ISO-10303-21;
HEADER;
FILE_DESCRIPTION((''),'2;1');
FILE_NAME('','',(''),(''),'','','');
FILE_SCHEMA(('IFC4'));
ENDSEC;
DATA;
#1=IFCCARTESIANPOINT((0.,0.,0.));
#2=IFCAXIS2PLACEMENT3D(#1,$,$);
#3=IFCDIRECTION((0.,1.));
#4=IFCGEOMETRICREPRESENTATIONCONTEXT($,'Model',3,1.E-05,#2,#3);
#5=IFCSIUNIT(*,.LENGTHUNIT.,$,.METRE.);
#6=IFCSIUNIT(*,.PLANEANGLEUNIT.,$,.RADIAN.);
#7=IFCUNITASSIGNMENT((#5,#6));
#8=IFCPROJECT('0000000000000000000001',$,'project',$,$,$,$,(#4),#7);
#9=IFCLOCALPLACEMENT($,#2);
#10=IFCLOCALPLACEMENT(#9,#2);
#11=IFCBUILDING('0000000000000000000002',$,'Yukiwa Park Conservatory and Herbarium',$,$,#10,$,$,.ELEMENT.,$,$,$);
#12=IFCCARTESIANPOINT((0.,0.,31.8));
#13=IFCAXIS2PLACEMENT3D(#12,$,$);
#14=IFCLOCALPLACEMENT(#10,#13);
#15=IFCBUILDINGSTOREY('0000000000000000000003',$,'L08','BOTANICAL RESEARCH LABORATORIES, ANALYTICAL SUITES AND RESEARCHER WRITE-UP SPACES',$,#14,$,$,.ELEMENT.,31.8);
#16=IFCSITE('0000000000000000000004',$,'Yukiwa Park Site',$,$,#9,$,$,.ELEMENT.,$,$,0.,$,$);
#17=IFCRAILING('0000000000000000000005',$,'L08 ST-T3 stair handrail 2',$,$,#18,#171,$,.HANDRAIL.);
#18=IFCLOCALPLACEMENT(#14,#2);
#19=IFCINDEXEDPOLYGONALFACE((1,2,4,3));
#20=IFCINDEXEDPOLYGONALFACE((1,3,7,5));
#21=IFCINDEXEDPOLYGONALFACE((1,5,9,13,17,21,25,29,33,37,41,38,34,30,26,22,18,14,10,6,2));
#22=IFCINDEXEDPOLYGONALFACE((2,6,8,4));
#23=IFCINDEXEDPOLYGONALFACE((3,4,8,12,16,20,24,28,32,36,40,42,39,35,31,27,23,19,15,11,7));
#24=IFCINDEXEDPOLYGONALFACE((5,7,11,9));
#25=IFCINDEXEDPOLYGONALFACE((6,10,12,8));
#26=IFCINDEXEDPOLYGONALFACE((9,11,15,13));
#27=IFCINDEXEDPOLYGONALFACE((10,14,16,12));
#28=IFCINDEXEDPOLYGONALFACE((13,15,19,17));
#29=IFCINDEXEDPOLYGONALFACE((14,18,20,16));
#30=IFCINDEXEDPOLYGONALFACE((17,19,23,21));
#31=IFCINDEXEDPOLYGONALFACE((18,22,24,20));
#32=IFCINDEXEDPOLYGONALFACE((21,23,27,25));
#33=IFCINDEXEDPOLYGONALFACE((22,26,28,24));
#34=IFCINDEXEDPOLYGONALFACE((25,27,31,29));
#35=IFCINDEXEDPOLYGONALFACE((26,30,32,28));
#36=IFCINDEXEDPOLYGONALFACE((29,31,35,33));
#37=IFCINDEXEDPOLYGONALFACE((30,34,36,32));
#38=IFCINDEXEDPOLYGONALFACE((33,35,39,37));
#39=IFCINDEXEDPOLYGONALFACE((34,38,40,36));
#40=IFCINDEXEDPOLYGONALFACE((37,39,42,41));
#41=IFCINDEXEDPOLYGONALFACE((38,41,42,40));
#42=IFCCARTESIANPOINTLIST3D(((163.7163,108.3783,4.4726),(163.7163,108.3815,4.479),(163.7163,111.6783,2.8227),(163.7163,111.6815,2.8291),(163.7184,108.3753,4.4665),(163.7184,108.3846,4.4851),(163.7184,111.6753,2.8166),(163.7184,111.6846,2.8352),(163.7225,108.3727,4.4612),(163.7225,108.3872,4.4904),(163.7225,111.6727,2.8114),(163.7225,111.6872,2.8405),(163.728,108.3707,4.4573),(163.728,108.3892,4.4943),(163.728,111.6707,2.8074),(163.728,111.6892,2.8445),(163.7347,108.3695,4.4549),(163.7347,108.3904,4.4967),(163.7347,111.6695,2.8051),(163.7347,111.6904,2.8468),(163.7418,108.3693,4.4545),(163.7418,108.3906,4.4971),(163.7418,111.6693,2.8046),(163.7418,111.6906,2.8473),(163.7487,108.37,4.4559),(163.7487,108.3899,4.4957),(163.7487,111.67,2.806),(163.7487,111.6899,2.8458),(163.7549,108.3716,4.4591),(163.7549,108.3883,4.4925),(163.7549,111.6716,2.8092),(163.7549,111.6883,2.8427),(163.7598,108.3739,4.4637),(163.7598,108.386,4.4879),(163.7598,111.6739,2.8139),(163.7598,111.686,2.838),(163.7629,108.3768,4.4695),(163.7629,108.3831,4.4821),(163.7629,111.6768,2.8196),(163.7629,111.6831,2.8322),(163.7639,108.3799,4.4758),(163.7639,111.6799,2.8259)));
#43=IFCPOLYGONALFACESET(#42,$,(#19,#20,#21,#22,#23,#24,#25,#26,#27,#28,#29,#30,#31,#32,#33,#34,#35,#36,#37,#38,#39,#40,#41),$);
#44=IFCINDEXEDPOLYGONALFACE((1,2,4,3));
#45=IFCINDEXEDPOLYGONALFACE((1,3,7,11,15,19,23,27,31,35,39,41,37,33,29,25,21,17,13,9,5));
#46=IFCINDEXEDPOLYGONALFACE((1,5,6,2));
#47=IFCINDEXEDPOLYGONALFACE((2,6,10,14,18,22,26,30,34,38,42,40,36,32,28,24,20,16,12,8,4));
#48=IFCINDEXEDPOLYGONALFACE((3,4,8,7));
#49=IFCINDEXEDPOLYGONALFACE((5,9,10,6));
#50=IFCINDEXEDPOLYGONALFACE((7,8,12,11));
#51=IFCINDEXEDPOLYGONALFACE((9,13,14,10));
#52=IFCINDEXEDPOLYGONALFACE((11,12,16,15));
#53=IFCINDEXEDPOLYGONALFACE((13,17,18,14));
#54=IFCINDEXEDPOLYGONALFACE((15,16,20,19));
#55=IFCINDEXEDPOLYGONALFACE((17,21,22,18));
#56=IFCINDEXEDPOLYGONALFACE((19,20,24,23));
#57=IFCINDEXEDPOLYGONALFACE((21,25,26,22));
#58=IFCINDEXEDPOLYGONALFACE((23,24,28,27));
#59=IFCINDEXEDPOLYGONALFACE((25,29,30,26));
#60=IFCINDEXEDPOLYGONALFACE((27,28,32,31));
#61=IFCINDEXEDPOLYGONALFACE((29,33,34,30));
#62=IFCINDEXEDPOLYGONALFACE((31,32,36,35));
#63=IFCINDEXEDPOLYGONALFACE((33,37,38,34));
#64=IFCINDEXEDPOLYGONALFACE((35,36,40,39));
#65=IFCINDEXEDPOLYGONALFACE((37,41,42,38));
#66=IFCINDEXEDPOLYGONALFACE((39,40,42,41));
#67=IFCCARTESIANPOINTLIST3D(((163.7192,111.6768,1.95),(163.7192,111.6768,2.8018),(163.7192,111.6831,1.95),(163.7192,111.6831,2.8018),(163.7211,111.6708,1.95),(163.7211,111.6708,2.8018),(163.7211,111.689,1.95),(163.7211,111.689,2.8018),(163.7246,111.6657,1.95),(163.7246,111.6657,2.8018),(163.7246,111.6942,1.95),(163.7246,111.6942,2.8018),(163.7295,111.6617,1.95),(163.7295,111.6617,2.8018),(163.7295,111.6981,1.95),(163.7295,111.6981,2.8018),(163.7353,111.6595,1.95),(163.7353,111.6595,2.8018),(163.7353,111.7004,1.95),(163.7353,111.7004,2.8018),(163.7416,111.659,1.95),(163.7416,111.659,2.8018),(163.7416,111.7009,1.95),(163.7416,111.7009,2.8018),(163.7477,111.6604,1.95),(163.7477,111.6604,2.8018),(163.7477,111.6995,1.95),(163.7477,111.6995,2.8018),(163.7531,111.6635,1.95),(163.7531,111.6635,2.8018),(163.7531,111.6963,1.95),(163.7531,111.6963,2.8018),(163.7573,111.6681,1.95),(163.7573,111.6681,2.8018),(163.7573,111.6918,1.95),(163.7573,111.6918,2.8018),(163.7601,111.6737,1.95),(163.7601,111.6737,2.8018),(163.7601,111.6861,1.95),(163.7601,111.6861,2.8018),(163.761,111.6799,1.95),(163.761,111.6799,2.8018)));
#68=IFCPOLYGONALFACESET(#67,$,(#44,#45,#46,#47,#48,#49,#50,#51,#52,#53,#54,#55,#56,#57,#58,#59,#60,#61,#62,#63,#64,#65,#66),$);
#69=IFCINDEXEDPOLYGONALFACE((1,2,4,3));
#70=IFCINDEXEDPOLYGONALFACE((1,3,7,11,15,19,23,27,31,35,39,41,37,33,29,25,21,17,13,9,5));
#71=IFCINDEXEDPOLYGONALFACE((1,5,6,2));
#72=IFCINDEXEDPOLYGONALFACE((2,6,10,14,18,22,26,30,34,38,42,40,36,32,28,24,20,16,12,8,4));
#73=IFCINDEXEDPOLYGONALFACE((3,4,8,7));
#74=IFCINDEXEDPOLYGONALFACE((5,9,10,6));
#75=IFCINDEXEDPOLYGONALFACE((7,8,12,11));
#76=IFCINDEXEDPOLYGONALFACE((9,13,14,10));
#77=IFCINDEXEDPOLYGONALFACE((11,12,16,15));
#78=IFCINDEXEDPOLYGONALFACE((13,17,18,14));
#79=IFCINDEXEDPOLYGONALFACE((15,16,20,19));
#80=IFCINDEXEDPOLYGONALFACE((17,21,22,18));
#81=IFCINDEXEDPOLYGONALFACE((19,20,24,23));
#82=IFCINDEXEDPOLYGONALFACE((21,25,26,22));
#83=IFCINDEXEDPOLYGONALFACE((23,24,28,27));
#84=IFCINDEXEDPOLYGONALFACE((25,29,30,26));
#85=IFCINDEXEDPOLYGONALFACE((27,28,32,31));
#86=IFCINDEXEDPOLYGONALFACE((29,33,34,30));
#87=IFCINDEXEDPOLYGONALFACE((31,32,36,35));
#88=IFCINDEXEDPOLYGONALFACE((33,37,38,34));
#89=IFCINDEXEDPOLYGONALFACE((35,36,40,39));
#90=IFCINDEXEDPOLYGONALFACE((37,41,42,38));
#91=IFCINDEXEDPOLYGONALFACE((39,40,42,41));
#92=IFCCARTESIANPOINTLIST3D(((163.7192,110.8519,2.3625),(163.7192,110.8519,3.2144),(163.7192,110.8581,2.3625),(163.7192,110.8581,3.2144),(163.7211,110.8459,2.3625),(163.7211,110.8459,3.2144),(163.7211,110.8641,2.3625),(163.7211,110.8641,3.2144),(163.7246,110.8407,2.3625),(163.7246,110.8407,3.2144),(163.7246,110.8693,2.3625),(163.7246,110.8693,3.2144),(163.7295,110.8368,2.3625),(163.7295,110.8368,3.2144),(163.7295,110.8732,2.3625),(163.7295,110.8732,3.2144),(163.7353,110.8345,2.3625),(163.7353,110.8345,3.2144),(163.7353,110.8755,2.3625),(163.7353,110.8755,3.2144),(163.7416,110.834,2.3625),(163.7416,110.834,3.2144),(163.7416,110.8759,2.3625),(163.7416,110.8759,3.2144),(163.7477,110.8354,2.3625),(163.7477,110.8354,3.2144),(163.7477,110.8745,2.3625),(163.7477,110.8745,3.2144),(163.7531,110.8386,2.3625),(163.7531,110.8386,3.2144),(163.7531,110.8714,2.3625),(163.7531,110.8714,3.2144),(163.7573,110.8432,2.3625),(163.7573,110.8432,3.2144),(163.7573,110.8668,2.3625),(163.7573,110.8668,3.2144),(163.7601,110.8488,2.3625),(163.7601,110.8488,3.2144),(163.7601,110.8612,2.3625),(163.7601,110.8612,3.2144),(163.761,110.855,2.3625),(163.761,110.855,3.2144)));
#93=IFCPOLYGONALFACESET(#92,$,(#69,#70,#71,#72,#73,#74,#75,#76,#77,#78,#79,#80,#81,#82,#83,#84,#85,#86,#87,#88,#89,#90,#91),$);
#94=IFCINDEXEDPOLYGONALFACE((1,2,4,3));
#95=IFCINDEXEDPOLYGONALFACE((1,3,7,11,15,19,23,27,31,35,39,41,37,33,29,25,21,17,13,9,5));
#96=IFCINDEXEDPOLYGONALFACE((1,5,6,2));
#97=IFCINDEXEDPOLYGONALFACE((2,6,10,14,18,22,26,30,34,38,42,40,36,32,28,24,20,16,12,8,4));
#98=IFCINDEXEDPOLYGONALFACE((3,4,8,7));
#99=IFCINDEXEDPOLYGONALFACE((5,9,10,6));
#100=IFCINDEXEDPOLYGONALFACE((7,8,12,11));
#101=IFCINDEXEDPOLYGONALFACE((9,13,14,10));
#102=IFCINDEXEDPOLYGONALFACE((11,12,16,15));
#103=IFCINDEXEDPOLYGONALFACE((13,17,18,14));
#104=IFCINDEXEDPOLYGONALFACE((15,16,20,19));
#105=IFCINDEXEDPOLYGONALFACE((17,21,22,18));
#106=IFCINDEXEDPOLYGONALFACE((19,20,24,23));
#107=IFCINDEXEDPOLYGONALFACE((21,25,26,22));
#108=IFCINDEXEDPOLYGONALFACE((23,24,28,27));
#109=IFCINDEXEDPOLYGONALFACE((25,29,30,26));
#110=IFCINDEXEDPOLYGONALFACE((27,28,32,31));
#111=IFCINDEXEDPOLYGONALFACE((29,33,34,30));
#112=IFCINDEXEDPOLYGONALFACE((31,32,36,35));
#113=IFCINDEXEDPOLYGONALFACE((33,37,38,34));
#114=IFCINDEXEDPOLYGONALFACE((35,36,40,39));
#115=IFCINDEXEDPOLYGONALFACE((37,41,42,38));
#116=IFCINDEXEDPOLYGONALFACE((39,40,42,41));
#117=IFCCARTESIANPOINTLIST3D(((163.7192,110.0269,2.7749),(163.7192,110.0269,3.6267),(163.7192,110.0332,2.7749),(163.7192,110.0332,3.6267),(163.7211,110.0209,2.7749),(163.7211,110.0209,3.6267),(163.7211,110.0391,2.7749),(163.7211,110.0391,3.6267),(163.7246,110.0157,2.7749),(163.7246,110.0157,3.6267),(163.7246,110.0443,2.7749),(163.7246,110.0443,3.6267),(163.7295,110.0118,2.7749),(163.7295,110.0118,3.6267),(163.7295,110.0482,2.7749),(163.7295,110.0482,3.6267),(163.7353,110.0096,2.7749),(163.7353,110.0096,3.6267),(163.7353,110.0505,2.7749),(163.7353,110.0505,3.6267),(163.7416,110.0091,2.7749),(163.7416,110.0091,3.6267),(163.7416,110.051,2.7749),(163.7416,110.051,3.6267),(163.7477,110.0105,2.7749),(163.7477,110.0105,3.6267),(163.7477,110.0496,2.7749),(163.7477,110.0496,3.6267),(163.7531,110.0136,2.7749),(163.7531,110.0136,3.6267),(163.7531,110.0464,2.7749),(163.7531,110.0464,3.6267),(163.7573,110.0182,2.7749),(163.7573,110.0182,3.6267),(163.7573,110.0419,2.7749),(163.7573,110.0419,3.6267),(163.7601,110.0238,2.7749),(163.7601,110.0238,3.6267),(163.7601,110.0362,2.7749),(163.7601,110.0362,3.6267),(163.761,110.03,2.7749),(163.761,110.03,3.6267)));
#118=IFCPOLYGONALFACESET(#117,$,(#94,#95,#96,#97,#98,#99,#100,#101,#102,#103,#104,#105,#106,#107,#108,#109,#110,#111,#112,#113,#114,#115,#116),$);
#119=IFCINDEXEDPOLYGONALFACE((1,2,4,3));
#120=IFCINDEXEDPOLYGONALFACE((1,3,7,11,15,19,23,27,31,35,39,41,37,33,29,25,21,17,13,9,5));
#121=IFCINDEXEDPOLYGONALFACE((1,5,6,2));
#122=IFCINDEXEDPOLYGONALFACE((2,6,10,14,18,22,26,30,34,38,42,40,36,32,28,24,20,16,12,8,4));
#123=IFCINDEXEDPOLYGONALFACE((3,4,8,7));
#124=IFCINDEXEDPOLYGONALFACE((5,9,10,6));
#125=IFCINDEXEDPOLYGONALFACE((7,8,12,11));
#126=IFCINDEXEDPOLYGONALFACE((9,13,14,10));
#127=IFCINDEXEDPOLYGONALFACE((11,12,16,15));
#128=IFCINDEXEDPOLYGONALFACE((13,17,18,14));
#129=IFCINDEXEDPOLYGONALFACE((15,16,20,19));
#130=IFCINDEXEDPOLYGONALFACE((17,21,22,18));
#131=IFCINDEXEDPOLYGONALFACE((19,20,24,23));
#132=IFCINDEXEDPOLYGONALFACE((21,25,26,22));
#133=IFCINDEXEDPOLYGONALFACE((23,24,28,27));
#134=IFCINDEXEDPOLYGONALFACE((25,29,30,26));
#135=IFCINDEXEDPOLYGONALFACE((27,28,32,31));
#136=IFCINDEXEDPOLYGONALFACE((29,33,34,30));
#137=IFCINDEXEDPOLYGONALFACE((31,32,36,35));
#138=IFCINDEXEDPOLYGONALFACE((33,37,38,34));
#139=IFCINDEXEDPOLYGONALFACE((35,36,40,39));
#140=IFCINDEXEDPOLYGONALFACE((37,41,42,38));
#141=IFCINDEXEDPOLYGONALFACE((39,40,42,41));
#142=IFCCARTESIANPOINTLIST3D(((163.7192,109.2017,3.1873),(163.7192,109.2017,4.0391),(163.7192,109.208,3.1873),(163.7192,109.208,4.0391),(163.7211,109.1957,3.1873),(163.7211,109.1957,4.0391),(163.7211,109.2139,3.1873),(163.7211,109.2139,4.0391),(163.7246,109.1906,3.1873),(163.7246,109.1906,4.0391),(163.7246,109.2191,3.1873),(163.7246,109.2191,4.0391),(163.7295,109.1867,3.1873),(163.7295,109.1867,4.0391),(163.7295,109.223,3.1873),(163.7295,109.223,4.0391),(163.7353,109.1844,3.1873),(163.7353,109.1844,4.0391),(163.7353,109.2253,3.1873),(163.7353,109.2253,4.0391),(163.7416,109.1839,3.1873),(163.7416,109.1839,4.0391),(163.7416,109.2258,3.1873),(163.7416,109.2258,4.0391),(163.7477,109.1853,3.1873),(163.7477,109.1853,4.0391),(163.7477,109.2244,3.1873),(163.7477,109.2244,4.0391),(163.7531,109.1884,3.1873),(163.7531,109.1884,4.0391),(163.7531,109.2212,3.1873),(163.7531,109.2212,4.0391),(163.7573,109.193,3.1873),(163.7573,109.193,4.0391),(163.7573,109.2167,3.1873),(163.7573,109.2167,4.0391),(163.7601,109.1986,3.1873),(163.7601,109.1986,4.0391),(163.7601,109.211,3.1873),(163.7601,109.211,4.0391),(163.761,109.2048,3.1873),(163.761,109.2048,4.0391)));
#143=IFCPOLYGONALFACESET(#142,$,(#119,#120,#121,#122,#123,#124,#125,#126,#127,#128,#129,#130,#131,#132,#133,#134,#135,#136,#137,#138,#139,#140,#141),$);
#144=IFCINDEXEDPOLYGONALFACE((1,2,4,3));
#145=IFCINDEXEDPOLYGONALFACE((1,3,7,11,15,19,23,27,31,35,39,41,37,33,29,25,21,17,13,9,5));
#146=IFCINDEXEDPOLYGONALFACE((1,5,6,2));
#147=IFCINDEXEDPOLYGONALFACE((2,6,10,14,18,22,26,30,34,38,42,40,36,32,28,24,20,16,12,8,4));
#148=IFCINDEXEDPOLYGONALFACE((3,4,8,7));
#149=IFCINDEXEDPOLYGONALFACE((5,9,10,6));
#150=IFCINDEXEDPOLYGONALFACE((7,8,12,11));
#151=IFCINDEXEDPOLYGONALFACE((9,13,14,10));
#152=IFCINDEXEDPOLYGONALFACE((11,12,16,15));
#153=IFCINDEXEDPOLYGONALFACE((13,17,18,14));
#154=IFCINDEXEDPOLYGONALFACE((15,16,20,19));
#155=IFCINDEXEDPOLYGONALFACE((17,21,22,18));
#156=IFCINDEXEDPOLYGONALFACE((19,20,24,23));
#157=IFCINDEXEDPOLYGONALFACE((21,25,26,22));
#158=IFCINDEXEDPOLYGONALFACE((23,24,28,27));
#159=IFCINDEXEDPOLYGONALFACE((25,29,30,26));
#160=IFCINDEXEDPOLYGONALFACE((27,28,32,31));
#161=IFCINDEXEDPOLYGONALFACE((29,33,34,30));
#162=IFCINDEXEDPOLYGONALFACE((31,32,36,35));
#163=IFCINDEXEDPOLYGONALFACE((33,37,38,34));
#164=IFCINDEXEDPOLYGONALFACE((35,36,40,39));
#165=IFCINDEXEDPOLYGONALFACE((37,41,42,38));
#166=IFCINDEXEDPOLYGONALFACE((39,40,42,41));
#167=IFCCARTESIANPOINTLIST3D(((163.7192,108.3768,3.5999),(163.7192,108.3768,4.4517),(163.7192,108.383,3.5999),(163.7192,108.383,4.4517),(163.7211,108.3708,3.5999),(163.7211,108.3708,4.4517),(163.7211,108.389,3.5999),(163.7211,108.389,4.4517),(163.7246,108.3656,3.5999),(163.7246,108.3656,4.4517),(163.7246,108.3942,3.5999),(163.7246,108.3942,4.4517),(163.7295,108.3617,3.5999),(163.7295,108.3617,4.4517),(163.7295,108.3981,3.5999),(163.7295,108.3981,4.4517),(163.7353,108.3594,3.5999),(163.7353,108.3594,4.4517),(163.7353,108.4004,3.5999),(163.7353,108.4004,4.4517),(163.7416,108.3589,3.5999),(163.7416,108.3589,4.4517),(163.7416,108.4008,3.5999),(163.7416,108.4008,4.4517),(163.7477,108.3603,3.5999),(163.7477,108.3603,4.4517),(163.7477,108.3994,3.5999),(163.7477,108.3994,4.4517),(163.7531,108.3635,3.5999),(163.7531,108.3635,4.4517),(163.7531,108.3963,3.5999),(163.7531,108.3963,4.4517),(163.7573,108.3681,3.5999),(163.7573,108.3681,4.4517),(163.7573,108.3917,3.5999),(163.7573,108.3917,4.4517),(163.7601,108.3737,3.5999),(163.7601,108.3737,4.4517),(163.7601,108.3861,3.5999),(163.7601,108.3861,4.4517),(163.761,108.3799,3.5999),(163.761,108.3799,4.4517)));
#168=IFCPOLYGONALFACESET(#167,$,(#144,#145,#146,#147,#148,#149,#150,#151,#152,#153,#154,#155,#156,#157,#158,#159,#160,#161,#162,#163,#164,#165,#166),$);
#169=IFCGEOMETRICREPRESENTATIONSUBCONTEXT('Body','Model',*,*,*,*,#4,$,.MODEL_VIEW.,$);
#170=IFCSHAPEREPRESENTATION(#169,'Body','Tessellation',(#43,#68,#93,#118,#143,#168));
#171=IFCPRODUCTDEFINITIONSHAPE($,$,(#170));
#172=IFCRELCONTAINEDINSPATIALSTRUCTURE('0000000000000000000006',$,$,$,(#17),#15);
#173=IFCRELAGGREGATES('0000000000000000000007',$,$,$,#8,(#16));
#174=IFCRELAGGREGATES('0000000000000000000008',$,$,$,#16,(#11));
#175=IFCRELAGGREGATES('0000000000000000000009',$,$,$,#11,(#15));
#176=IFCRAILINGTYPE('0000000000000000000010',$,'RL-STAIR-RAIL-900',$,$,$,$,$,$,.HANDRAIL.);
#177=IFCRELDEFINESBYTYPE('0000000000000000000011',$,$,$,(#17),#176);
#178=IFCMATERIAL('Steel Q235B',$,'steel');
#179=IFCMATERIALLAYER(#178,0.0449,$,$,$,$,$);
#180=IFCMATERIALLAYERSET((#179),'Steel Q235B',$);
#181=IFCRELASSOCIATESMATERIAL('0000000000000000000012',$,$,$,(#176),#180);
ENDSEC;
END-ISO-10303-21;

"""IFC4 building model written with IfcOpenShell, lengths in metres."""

from ifc_helpers import new_model, si_unit, direction, frame, origin, origin_2d, place, context, subcontext, project, spatial, circle, extrude, material, layer, layer_set, type_object, element, save


model = new_model("IFC4")

# Units and contexts
model_context = context("Model", 3, precision=1e-05, world=origin(), true_north=direction((0.0, 1.0)))
body_context = subcontext(model_context, "Body", "Model", "MODEL_VIEW")
ifc_project = project(units=[si_unit("LENGTHUNIT", "METRE"), si_unit("PLANEANGLEUNIT", "RADIAN")], contexts=[model_context])

# Site, building, storey
site_placement = place(None, origin())
site = spatial("IfcSite", under=ifc_project, at=site_placement, Name="Yukiwa Park Site", CompositionType="ELEMENT", RefElevation=0.0)
building_placement = place(site_placement, origin())
building = spatial("IfcBuilding", under=site, at=building_placement, Name="Yukiwa Park Conservatory and Herbarium", CompositionType="ELEMENT")
storey_placement = place(building_placement, frame((0.0, 0.0, 31.8)))
storey = spatial("IfcBuildingStorey", under=building, at=storey_placement, Name="L08", Description="BOTANICAL RESEARCH LABORATORIES, ANALYTICAL SUITES AND RESEARCHER WRITE-UP SPACES", CompositionType="ELEMENT", Elevation=31.8)

# Railing
ifc_material_1 = material(Name="Steel Q235B", Category="steel")
ifc_layer_1 = layer(ifc_material_1, 0.0449)
ifc_layer_set_1 = layer_set([ifc_layer_1], Name="Steel Q235B")
railing_type_1 = type_object("IfcRailingType", Name="RL-STAIR-RAIL-900", PredefinedType="HANDRAIL", material=ifc_layer_set_1)
railing_1_placement = place(storey_placement, frame((163.74, 111.6799, 1.95)))
element("IfcRailing", 1, at=railing_1_placement, inside=storey, type_object=railing_type_1, Name="L08 ST-T3 stair handrail 2", PredefinedType="HANDRAIL", context=body_context, shape_type="SweptSolid", body=[
    extrude(circle(Radius=0.0239, at=origin_2d()), frame((0.0, 0.0, 0.876), z_axis=(0.0, -0.89444, 0.447187), x_axis=(1.0, 0.0, 0.0)), (0.0, 0.0, 1.0), 3.6895),
    extrude(circle(Radius=0.021, at=origin_2d()), origin(), (0.0, 0.0, 1.0), 0.8518),
    extrude(circle(Radius=0.021, at=origin_2d()), frame((0.0, -0.825, 0.4126)), (0.0, 0.0, 1.0), 0.8518),
    extrude(circle(Radius=0.021, at=origin_2d()), frame((0.0, -1.6499, 0.825)), (0.0, 0.0, 1.0), 0.8518),
    extrude(circle(Radius=0.021, at=origin_2d()), frame((0.0, -2.4751, 1.2373)), (0.0, 0.0, 1.0), 0.8518),
    extrude(circle(Radius=0.021, at=origin_2d()), frame((0.0, -3.3, 1.6499)), (0.0, 0.0, 1.0), 0.8518),
])

save(model, "model.ifc")
